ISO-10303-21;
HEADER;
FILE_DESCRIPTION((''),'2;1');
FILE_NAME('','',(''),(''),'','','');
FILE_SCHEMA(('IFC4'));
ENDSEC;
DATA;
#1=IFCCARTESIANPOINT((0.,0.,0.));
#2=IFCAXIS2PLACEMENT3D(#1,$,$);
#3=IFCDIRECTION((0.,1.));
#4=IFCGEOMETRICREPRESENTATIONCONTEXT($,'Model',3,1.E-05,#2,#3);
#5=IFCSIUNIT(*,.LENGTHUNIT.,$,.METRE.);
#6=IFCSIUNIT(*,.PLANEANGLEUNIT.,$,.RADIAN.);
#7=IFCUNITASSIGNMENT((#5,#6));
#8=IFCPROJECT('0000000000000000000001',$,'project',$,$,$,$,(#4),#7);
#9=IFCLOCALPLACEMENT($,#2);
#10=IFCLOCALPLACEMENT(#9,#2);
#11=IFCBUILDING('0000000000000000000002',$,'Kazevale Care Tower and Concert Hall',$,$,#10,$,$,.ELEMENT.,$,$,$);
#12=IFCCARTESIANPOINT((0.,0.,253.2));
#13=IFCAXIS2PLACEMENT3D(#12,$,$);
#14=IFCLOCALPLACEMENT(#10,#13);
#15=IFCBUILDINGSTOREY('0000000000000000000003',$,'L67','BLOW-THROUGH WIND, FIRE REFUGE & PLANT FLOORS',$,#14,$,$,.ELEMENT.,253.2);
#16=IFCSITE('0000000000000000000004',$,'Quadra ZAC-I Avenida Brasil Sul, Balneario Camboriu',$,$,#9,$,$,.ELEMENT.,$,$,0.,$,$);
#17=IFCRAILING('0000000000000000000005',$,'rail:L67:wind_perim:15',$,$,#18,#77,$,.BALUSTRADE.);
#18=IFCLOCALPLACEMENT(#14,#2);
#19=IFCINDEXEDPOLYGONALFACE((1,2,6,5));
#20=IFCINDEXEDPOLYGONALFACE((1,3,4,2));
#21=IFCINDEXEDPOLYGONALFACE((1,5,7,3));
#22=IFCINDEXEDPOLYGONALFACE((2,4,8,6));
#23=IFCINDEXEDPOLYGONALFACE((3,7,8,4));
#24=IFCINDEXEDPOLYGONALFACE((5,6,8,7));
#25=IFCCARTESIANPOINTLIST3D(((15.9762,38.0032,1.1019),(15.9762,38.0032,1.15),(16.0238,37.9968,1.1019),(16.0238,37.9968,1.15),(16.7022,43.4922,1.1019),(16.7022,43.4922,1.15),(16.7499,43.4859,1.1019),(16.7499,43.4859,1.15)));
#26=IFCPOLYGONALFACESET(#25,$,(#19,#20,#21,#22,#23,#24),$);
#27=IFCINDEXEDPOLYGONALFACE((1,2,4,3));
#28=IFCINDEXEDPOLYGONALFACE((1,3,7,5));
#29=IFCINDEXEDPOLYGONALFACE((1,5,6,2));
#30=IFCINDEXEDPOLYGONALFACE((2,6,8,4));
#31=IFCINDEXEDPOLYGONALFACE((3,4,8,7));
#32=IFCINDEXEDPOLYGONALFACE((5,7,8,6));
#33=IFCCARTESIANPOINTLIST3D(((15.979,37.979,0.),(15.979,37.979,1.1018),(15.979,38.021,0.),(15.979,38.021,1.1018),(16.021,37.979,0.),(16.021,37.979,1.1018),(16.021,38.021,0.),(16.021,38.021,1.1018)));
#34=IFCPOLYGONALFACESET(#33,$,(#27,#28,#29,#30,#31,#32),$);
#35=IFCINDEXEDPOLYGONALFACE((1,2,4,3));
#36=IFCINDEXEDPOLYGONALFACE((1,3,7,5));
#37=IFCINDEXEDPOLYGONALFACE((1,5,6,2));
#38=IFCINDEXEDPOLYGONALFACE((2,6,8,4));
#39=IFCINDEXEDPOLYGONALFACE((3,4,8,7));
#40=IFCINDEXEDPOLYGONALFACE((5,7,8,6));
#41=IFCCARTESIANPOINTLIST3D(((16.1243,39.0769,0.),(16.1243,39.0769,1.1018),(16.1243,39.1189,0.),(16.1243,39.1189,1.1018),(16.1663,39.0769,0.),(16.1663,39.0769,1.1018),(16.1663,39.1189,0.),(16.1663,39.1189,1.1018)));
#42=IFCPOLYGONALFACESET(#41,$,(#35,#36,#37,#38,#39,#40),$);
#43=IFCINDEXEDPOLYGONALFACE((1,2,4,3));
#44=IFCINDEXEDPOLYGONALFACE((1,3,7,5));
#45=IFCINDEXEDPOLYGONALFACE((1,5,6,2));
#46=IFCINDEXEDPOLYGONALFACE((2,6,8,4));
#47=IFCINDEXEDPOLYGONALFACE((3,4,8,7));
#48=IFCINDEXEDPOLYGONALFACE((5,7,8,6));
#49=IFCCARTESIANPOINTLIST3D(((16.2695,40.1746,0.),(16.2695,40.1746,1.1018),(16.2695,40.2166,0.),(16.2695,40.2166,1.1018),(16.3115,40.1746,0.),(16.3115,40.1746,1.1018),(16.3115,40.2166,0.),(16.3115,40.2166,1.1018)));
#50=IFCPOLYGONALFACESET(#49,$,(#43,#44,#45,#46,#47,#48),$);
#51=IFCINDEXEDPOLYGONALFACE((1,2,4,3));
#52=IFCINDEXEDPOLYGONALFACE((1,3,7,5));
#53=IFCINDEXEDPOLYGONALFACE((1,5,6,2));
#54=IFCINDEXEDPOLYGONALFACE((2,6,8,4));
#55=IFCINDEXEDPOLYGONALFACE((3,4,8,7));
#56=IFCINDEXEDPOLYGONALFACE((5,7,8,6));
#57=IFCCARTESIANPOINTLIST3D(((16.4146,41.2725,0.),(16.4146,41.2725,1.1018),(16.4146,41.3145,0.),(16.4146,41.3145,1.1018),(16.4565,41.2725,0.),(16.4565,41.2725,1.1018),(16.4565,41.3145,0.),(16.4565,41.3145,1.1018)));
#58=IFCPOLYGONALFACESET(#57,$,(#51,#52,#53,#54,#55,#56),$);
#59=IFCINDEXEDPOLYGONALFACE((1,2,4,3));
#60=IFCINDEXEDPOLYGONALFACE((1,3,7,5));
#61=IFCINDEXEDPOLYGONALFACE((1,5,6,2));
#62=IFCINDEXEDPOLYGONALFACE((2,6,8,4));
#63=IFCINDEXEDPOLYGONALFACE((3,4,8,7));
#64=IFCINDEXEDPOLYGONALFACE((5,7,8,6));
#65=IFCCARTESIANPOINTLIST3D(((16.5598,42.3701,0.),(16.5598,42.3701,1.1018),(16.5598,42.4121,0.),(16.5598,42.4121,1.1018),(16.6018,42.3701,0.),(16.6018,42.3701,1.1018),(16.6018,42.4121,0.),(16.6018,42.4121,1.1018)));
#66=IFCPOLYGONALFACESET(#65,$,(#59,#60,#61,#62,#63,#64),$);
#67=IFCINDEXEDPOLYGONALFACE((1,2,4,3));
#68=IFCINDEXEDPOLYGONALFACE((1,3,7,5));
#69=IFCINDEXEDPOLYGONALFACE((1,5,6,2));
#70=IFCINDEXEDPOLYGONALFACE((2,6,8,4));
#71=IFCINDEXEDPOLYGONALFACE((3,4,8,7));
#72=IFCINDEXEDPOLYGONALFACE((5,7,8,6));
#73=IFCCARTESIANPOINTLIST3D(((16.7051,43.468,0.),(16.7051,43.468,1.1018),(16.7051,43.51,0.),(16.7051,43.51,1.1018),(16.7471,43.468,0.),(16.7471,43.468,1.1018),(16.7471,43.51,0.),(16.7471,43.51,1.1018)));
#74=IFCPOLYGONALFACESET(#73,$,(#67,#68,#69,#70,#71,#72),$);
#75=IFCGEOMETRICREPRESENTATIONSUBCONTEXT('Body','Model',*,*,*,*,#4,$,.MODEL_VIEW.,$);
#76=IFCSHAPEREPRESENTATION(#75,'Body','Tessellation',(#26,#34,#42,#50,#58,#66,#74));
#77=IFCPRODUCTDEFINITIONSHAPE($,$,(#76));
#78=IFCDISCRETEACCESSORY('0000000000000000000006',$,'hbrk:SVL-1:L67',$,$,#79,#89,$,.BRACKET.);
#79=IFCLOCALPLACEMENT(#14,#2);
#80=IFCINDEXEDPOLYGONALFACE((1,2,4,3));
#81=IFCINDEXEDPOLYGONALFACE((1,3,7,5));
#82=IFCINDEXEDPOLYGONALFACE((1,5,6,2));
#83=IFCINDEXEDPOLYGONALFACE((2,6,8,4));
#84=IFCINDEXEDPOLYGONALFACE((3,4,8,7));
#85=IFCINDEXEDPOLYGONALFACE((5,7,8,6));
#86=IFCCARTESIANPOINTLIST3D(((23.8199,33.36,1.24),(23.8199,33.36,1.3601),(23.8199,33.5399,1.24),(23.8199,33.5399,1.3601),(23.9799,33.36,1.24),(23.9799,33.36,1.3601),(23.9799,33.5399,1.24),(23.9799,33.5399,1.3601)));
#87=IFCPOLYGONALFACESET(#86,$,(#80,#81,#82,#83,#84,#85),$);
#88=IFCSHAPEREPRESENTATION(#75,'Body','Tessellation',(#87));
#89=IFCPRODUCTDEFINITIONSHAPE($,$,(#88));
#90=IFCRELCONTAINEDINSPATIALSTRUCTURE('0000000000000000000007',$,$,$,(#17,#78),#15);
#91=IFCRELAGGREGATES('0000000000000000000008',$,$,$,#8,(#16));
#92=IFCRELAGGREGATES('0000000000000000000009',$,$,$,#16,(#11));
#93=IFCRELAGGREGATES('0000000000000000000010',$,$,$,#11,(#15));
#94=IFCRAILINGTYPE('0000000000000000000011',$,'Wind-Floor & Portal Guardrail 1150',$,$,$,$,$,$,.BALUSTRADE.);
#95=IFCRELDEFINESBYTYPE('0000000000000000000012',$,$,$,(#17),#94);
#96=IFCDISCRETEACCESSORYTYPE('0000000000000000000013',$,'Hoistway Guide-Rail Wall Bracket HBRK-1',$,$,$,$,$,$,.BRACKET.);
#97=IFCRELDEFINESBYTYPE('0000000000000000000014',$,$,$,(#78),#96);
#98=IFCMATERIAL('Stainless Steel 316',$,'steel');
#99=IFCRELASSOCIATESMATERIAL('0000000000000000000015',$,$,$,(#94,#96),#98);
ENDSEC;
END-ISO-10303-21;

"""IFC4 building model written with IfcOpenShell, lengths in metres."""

from ifc_helpers import new_model, si_unit, direction, frame, origin, origin_2d, place, context, subcontext, project, spatial, rectangle, extrude, material, type_object, element, save


model = new_model("IFC4")

# Units and contexts
model_context = context("Model", 3, precision=1e-05, world=origin(), true_north=direction((0.0, 1.0)))
body_context = subcontext(model_context, "Body", "Model", "MODEL_VIEW")
ifc_project = project(units=[si_unit("LENGTHUNIT", "METRE"), si_unit("PLANEANGLEUNIT", "RADIAN")], contexts=[model_context])

# Site, building, storey
site_placement = place(None, origin())
site = spatial("IfcSite", under=ifc_project, at=site_placement, Name="Quadra ZAC-I Avenida Brasil Sul, Balneario Camboriu", CompositionType="ELEMENT", RefElevation=0.0)
building_placement = place(site_placement, origin())
building = spatial("IfcBuilding", under=site, at=building_placement, Name="Kazevale Care Tower and Concert Hall", CompositionType="ELEMENT")
storey_placement = place(building_placement, frame((0.0, 0.0, 253.2)))
storey = spatial("IfcBuildingStorey", under=building, at=storey_placement, Name="L67", Description="BLOW-THROUGH WIND, FIRE REFUGE & PLANT FLOORS", CompositionType="ELEMENT", Elevation=253.2)

# Shared definitions
ifc_material_1 = material(Name="Stainless Steel 316", Category="steel")

# Railing
railing_type = type_object("IfcRailingType", Name="Wind-Floor & Portal Guardrail 1150", PredefinedType="BALUSTRADE", material=ifc_material_1)
railing_1_placement = place(storey_placement, frame((16.0, 38.0, 0.0)))
element("IfcRailing", 1, at=railing_1_placement, inside=storey, type_object=railing_type, Name="rail:L67:wind_perim:15", PredefinedType="BALUSTRADE", context=body_context, shape_type="SweptSolid", body=[
    extrude(rectangle(XDim=0.0481, YDim=0.0481, at=origin_2d()), frame((0.0, 0.0, 1.126), z_axis=(0.131135, 0.991364, 0.0), x_axis=(-0.991364, 0.131135, 0.0)), (0.0, 0.0, 1.0), 5.5369),
    extrude(rectangle(XDim=0.042, YDim=0.042, at=origin_2d()), origin(), (0.0, 0.0, 1.0), 1.1018),
    extrude(rectangle(XDim=0.042, YDim=0.042, at=origin_2d()), frame((0.1453, 1.0979, 0.0)), (0.0, 0.0, 1.0), 1.1018),
    extrude(rectangle(XDim=0.042, YDim=0.042, at=origin_2d()), frame((0.2905, 2.1956, 0.0)), (0.0, 0.0, 1.0), 1.1018),
    extrude(rectangle(XDim=0.042, YDim=0.042, at=origin_2d()), frame((0.4355, 3.2935, 0.0)), (0.0, 0.0, 1.0), 1.1018),
    extrude(rectangle(XDim=0.042, YDim=0.042, at=origin_2d()), frame((0.5808, 4.3911, 0.0)), (0.0, 0.0, 1.0), 1.1018),
    extrude(rectangle(XDim=0.042, YDim=0.042, at=origin_2d()), frame((0.7261, 5.489, 0.0)), (0.0, 0.0, 1.0), 1.1018),
])

# Discrete accessory
discrete_accessory_type = type_object("IfcDiscreteAccessoryType", Name="Hoistway Guide-Rail Wall Bracket HBRK-1", PredefinedType="BRACKET", material=ifc_material_1)
discrete_accessory_placement = place(storey_placement, frame((23.8999, 33.45, 1.24), z_axis=(0.0, 0.0, 1.0), x_axis=(1.0, 0.0, 0.0)))
element("IfcDiscreteAccessory", 2, at=discrete_accessory_placement, inside=storey, type_object=discrete_accessory_type, Name="hbrk:SVL-1:L67", PredefinedType="BRACKET", context=body_context, shape_type="SweptSolid", body=[
    extrude(rectangle(XDim=0.1599, YDim=0.1799, at=origin_2d()), origin(), (0.0, 0.0, 1.0), 0.1201),
])

save(model, "model.ifc")
